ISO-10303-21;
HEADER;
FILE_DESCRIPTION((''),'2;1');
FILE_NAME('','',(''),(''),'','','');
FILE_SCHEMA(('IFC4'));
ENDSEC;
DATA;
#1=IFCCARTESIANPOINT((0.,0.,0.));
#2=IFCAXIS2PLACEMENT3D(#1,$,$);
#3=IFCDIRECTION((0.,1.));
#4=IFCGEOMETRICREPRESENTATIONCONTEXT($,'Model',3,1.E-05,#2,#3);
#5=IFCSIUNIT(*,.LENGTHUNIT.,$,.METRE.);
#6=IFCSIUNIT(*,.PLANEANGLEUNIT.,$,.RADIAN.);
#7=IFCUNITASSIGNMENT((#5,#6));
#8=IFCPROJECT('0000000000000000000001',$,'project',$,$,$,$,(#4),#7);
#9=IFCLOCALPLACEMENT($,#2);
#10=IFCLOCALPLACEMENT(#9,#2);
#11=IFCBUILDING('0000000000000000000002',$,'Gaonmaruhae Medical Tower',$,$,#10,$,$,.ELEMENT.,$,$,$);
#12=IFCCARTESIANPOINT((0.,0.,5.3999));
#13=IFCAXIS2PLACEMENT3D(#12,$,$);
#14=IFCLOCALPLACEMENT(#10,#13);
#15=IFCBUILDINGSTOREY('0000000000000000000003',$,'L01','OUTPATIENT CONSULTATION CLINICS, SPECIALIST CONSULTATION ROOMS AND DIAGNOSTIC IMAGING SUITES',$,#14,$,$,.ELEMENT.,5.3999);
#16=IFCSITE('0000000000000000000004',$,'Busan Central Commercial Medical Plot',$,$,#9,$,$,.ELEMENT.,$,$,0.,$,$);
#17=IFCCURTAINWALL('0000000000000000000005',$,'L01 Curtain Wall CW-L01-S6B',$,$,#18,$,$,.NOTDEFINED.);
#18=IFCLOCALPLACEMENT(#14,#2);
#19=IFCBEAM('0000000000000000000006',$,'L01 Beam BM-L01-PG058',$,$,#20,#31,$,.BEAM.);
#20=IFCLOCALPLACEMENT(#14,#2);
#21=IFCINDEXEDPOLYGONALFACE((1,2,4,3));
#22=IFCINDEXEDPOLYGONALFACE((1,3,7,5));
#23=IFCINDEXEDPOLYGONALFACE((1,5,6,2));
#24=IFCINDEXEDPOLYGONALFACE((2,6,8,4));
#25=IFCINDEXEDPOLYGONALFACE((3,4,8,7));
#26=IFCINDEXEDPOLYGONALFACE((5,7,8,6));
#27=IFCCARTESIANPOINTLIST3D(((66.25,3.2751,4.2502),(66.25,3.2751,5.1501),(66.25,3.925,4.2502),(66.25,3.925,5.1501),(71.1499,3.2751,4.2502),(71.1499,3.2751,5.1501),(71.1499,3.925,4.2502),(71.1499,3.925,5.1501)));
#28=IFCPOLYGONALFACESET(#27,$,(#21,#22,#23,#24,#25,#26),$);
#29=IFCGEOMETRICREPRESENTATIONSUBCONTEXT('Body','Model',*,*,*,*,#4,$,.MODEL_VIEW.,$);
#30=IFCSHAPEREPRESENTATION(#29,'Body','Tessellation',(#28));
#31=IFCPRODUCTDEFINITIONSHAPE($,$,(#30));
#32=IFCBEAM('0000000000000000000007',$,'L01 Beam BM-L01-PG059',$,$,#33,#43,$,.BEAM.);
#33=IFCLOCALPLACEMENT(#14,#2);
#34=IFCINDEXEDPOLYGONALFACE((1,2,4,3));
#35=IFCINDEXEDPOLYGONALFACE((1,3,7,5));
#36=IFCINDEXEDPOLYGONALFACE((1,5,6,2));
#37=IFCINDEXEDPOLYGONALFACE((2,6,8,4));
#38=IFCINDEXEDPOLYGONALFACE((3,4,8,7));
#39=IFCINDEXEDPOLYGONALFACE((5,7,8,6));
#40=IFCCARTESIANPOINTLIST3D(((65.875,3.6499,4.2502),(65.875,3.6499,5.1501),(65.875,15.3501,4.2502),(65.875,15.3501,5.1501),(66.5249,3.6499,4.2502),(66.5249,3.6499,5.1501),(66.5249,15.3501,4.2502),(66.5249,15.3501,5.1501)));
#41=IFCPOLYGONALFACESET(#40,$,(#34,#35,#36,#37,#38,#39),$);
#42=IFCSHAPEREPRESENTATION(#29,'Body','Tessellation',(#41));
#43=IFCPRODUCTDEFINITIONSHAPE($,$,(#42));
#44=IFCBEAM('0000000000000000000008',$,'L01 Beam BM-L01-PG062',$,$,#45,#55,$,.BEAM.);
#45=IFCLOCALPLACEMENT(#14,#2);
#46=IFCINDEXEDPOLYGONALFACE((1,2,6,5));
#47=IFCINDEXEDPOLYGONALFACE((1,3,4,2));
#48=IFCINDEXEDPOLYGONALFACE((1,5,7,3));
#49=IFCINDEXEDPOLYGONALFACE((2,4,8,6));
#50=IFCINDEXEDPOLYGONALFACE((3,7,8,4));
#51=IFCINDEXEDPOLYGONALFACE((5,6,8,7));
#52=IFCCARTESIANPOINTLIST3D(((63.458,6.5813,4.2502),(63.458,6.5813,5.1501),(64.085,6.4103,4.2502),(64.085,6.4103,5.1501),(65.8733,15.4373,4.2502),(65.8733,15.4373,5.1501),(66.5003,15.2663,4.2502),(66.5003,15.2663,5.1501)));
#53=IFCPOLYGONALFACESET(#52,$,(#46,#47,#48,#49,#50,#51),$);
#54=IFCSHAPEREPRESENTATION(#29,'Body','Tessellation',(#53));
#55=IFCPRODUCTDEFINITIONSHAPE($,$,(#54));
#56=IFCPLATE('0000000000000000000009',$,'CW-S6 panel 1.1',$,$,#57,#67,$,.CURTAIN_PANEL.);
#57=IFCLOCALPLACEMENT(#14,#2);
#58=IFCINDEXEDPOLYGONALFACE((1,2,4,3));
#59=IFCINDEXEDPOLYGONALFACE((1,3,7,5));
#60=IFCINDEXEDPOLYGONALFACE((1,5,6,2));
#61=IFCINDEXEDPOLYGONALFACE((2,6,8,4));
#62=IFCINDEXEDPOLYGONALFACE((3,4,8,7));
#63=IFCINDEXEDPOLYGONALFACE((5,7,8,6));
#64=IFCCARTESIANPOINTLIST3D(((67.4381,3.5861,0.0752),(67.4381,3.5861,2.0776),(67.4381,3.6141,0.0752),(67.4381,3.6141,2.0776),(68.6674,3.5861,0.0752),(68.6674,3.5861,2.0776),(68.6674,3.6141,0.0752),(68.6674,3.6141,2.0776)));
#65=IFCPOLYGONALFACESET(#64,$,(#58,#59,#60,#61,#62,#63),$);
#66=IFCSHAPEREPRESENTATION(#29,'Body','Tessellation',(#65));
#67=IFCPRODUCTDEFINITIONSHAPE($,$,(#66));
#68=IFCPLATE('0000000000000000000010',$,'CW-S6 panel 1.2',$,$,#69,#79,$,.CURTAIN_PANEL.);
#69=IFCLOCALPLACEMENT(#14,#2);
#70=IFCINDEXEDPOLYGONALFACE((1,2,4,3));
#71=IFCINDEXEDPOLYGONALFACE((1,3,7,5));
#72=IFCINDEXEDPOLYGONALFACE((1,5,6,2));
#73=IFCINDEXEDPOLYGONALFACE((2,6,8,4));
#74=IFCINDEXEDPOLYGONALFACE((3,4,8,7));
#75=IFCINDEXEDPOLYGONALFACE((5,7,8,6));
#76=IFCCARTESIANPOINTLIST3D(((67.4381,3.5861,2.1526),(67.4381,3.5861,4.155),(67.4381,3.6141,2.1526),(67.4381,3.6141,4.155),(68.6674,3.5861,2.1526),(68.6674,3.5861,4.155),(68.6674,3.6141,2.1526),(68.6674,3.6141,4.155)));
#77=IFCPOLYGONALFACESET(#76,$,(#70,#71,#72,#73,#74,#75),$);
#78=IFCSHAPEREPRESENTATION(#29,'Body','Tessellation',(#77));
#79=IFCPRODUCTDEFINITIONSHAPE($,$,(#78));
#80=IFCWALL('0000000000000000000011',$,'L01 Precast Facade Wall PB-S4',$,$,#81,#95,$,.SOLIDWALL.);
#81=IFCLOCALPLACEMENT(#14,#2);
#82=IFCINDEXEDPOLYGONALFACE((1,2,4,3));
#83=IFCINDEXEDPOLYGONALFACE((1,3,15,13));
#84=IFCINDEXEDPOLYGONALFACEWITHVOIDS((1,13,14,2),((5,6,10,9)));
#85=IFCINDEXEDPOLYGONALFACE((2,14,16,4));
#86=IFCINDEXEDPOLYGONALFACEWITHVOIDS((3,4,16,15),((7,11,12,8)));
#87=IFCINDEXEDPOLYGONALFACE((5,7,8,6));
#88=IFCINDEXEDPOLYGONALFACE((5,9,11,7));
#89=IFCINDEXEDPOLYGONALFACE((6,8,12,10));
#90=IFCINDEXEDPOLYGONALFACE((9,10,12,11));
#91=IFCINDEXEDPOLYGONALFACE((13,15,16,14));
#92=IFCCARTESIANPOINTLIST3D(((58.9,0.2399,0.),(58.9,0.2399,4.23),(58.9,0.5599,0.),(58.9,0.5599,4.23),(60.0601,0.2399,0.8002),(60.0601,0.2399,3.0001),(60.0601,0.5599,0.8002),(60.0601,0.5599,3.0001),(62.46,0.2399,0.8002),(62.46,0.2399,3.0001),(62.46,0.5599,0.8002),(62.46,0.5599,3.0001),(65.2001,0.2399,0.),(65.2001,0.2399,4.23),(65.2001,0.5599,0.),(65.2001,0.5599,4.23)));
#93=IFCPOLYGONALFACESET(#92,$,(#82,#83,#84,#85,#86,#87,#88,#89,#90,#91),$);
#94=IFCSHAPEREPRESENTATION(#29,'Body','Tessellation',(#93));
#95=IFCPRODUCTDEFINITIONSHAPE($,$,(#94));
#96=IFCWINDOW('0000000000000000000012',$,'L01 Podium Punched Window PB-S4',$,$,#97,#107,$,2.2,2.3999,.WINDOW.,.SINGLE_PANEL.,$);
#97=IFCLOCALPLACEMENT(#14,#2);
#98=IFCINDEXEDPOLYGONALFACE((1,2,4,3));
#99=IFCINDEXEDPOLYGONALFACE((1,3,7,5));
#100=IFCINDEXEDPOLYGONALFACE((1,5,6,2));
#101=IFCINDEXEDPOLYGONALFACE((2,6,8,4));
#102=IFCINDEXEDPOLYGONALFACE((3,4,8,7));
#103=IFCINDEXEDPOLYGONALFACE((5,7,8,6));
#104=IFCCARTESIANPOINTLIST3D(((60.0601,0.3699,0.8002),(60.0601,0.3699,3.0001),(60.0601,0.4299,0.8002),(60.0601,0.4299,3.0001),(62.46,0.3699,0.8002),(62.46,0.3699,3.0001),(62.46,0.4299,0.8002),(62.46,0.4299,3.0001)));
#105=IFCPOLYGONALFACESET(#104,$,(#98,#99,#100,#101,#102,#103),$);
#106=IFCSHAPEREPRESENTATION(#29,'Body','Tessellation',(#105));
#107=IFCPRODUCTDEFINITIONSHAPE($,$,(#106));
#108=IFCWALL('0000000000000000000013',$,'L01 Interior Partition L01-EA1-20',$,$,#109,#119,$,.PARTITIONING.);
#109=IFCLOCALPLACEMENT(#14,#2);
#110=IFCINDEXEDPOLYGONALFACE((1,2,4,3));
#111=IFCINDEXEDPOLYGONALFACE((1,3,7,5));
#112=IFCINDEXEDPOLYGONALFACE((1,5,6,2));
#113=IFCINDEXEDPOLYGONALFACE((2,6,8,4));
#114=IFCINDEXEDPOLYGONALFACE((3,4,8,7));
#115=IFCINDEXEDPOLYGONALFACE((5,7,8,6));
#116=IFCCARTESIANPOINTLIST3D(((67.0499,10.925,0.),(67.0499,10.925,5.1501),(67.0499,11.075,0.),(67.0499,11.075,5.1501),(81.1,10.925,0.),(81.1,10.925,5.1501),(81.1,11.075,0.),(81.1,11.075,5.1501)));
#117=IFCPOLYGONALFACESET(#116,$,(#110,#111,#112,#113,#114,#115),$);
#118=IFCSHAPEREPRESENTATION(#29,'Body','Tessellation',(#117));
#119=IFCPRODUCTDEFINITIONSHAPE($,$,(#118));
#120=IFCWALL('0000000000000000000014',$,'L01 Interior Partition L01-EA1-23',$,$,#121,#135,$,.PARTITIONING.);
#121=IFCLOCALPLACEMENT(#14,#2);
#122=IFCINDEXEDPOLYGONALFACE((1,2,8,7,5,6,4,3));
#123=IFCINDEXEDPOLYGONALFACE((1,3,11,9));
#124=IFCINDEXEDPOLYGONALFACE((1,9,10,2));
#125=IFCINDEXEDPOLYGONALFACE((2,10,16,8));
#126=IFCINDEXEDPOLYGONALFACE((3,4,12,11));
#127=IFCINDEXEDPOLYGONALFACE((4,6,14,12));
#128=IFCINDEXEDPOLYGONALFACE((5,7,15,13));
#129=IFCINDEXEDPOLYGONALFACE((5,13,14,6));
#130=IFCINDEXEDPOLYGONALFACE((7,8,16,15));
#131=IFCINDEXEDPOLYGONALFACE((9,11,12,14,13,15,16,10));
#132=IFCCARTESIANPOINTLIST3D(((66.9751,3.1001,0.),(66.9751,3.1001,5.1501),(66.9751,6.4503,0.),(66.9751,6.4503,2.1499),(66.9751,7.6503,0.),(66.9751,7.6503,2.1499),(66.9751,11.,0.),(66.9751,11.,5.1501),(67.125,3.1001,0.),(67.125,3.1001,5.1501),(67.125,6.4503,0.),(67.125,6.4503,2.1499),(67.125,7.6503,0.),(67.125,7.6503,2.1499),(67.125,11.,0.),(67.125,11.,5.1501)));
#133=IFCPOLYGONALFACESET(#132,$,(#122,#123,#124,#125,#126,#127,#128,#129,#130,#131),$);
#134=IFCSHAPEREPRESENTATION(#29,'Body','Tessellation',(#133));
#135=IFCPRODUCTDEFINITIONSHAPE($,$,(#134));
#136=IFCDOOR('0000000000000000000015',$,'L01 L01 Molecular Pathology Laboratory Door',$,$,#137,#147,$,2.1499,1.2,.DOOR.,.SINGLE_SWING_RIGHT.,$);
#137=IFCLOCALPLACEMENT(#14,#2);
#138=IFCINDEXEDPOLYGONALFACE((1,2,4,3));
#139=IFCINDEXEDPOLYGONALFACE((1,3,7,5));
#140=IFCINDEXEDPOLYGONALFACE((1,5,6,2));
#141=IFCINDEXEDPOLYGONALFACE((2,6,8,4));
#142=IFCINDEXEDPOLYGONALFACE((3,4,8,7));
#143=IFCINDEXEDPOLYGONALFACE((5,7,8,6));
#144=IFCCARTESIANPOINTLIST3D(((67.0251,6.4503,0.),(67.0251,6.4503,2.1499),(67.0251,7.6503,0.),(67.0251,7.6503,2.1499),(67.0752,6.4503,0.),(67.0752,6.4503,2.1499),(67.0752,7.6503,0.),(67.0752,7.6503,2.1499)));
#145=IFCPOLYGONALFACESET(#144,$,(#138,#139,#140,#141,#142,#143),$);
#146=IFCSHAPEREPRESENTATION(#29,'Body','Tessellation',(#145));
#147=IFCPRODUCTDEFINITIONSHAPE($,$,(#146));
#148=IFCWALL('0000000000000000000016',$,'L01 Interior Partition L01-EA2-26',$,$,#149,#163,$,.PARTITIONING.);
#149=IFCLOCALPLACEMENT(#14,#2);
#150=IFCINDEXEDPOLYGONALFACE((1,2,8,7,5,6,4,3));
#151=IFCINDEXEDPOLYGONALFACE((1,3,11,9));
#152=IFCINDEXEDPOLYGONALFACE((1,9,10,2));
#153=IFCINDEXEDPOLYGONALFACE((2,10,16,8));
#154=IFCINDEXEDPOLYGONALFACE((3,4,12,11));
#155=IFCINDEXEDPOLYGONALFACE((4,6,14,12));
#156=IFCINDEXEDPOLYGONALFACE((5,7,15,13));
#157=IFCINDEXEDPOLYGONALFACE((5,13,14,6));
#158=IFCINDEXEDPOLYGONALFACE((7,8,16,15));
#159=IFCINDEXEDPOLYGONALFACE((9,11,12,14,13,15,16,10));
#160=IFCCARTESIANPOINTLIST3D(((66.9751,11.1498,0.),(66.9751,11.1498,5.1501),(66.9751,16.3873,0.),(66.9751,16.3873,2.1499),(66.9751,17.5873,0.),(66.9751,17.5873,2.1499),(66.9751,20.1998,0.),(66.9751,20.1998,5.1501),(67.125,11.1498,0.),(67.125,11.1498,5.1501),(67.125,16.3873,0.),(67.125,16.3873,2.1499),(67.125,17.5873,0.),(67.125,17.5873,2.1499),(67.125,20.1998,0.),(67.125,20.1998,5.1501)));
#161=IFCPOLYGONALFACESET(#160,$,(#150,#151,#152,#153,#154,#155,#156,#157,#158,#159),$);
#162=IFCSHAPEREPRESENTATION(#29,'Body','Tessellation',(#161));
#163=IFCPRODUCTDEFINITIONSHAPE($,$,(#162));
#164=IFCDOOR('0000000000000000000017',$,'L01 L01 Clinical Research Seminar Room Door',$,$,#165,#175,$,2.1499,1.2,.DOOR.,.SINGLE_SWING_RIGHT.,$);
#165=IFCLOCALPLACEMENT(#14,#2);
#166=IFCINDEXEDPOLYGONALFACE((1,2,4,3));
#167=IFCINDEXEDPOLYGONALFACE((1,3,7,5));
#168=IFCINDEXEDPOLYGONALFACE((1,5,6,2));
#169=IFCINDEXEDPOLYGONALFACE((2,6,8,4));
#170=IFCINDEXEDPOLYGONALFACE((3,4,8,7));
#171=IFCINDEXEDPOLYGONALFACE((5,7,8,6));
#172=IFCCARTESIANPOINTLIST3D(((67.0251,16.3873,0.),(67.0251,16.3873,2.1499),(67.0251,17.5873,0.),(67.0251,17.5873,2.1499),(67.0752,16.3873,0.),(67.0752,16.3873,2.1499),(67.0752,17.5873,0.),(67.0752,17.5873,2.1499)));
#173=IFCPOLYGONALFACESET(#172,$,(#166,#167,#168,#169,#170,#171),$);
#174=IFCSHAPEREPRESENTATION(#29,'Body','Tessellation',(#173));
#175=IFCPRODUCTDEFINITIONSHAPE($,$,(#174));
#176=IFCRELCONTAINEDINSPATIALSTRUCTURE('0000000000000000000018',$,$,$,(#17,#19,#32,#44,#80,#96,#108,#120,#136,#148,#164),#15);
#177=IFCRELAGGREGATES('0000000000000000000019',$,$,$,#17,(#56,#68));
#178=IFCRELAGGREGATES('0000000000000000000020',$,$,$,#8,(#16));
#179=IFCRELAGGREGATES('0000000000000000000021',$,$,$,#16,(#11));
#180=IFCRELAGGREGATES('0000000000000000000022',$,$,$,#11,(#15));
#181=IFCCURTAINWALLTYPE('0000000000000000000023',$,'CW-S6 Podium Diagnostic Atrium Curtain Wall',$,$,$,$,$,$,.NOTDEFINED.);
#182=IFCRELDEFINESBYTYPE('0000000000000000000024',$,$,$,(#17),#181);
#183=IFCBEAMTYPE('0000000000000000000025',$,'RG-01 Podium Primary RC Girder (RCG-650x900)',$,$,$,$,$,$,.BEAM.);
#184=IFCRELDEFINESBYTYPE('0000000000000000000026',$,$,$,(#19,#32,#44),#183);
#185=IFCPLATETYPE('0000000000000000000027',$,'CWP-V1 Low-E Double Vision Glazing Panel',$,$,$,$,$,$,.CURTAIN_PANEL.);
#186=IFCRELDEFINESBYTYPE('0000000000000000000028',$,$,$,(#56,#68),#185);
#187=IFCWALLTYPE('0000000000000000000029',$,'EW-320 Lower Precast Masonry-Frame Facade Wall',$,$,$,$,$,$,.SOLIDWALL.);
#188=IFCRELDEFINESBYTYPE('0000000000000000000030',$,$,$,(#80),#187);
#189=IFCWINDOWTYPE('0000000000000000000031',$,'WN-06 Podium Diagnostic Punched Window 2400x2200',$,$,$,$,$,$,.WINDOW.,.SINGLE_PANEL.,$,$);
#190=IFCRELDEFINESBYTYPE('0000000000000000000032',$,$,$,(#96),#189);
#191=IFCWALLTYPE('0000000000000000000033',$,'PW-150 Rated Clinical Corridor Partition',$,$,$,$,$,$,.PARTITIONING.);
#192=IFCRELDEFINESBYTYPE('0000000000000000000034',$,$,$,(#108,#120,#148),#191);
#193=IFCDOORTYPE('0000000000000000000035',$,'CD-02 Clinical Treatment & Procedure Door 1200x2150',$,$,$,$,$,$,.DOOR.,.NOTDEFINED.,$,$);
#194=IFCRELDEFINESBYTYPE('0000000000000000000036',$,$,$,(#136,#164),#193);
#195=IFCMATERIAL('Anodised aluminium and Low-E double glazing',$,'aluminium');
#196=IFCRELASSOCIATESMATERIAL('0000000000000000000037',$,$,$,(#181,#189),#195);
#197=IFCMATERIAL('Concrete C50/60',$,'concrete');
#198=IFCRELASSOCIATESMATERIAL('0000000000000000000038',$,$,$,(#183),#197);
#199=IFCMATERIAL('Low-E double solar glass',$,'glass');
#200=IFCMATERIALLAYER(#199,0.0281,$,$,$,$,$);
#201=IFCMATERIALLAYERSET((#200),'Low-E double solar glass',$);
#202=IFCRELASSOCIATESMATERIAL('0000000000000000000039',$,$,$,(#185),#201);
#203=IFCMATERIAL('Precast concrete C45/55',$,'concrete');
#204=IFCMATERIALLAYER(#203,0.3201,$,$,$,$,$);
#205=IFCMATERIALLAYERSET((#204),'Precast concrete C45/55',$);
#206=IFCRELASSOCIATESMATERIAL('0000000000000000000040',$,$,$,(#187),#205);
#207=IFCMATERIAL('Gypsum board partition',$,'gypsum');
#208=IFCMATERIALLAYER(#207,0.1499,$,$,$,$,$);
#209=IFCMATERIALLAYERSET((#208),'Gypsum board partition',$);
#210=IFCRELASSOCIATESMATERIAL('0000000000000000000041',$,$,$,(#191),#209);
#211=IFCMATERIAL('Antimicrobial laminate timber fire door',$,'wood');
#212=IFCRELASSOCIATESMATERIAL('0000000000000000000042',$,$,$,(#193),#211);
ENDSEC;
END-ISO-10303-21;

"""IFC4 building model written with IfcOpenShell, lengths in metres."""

from ifc_helpers import new_model, si_unit, direction, frame, frame_2d, origin, origin_2d, place, context, subcontext, project, spatial, rectangle, extrude, material, layer, layer_set, material_profile, profile_set, type_object, element, fill, aggregate, save


model = new_model("IFC4")

# Units and contexts
model_context = context("Model", 3, precision=1e-05, world=origin(), true_north=direction((0.0, 1.0)))
body_context = subcontext(model_context, "Body", "Model", "MODEL_VIEW")
ifc_project = project(units=[si_unit("LENGTHUNIT", "METRE"), si_unit("PLANEANGLEUNIT", "RADIAN")], contexts=[model_context])

# Site, building, storey
site_placement = place(None, origin())
site = spatial("IfcSite", under=ifc_project, at=site_placement, Name="Busan Central Commercial Medical Plot", CompositionType="ELEMENT", RefElevation=0.0)
building_placement = place(site_placement, origin())
building = spatial("IfcBuilding", under=site, at=building_placement, Name="Gaonmaruhae Medical Tower", CompositionType="ELEMENT")
storey_placement = place(building_placement, frame((0.0, 0.0, 5.3999)))
storey = spatial("IfcBuildingStorey", under=building, at=storey_placement, Name="L01", Description="OUTPATIENT CONSULTATION CLINICS, SPECIALIST CONSULTATION ROOMS AND DIAGNOSTIC IMAGING SUITES", CompositionType="ELEMENT", Elevation=5.3999)

# Shared definitions
ifc_material_1 = material(Name="Concrete C50/60", Category="concrete")

# Curtain wall
ifc_material_2 = material(Name="Anodised aluminium and Low-E double glazing", Category="aluminium")
curtain_wall_type = type_object("IfcCurtainWallType", Name="CW-S6 Podium Diagnostic Atrium Curtain Wall", PredefinedType="NOTDEFINED", material=ifc_material_2)
curtain_wall_placement = place(storey_placement, origin())
curtain_wall = element("IfcCurtainWall", 1, at=curtain_wall_placement, inside=storey, type_object=curtain_wall_type, Name="L01 Curtain Wall CW-L01-S6B", PredefinedType="NOTDEFINED")

# Beams
ifc_material_profile_1 = material_profile(ifc_material_1, rectangle(XDim=0.6499, YDim=0.8999, at=origin_2d()), Name="RCG-650x900")
ifc_profile_set_1 = profile_set([ifc_material_profile_1], Name="Concrete C50/60")
beam_type = type_object("IfcBeamType", Name="RG-01 Podium Primary RC Girder (RCG-650x900)", PredefinedType="BEAM", material=ifc_profile_set_1)
beam_1_placement = place(storey_placement, frame((66.25, 3.6001, 4.7002), z_axis=(1.0, 0.0, 0.0), x_axis=(0.0, 1.0, 0.0)))
element("IfcBeam", 2, at=beam_1_placement, inside=storey, type_object=beam_type, Name="L01 Beam BM-L01-PG058", PredefinedType="BEAM", context=body_context, shape_type="SweptSolid", body=[
    extrude(rectangle(XDim=0.6499, YDim=0.8999, at=origin_2d()), origin(), (0.0, 0.0, 1.0), 4.8999),
])
beam_2_placement = place(storey_placement, frame((66.2, 3.6499, 4.7002), z_axis=(0.0, 1.0, 0.0), x_axis=(-1.0, 0.0, 0.0)))
element("IfcBeam", 3, at=beam_2_placement, inside=storey, type_object=beam_type, Name="L01 Beam BM-L01-PG059", PredefinedType="BEAM", context=body_context, shape_type="SweptSolid", body=[
    extrude(rectangle(XDim=0.6499, YDim=0.8999, at=origin_2d()), origin(), (0.0, 0.0, 1.0), 11.7002),
])
beam_3_placement = place(storey_placement, frame((66.1868, 15.3518, 4.7002), z_axis=(-0.26312, -0.964763, 0.0), x_axis=(0.964763, -0.26312, 0.0)))
element("IfcBeam", 4, at=beam_3_placement, inside=storey, type_object=beam_type, Name="L01 Beam BM-L01-PG062", PredefinedType="BEAM", context=body_context, shape_type="SweptSolid", body=[
    extrude(rectangle(XDim=0.6499, YDim=0.8999, at=origin_2d()), origin(), (0.0, 0.0, 1.0), 9.1794),
])

# Plates
ifc_material_3 = material(Name="Low-E double solar glass", Category="glass")
ifc_layer_1 = layer(ifc_material_3, 0.0281)
ifc_layer_set_1 = layer_set([ifc_layer_1], Name="Low-E double solar glass")
plate_type = type_object("IfcPlateType", Name="CWP-V1 Low-E Double Vision Glazing Panel", PredefinedType="CURTAIN_PANEL", material=ifc_layer_set_1)
plate_1_placement = place(storey_placement, frame((68.0527, 3.6001, 0.0752), z_axis=(0.0, 0.0, 1.0), x_axis=(1.0, 0.0, 0.0)))
plate_1 = element("IfcPlate", 5, at=plate_1_placement, type_object=plate_type, Name="CW-S6 panel 1.1", PredefinedType="CURTAIN_PANEL", context=body_context, shape_type="SweptSolid", body=[
    extrude(rectangle(XDim=1.2292, YDim=0.0281, at=origin_2d()), origin(), (0.0, 0.0, 1.0), 2.0024),
])
plate_2_placement = place(storey_placement, frame((68.0527, 3.6001, 2.1526), z_axis=(0.0, 0.0, 1.0), x_axis=(1.0, 0.0, 0.0)))
plate_2 = element("IfcPlate", 6, at=plate_2_placement, type_object=plate_type, Name="CW-S6 panel 1.2", PredefinedType="CURTAIN_PANEL", context=body_context, shape_type="SweptSolid", body=[
    extrude(rectangle(XDim=1.2292, YDim=0.0281, at=origin_2d()), origin(), (0.0, 0.0, 1.0), 2.0024),
])
aggregate(curtain_wall, [plate_1, plate_2])

# Wall, opening, window
ifc_material_4 = material(Name="Precast concrete C45/55", Category="concrete")
ifc_layer_2 = layer(ifc_material_4, 0.3201)
ifc_layer_set_2 = layer_set([ifc_layer_2], Name="Precast concrete C45/55")
wall_type_1 = type_object("IfcWallType", Name="EW-320 Lower Precast Masonry-Frame Facade Wall", PredefinedType="SOLIDWALL", material=ifc_layer_set_2)
wall_1_placement = place(storey_placement, frame((65.2, 0.3999, 0.0), z_axis=(0.0, 0.0, 1.0), x_axis=(-1.0, 0.0, 0.0)))
wall_1 = element("IfcWall", 7, at=wall_1_placement, inside=storey, type_object=wall_type_1, Name="L01 Precast Facade Wall PB-S4", PredefinedType="SOLIDWALL", context=body_context, shape_type="SweptSolid", body=[
    extrude(rectangle(XDim=6.3, YDim=0.3201, at=frame_2d((3.1499, 0.0))), origin(), (0.0, 0.0, 1.0), 4.23),
])
opening_1_placement = place(wall_1_placement, frame((2.74, 0.0, 0.8)))
opening_1 = element("IfcOpeningElement", 8, at=opening_1_placement, cuts=wall_1, PredefinedType="OPENING", context=body_context, shape_type="SweptSolid", body=[
    extrude(rectangle(XDim=2.3999, YDim=2.2, at=frame_2d((1.2, 1.1001))), frame((0.0, 0.1699, 0.0), z_axis=(0.0, -1.0, 0.0), x_axis=(1.0, 0.0, 0.0)), (0.0, 0.0, 1.0), 0.3401),
])
window_type = type_object("IfcWindowType", Name="WN-06 Podium Diagnostic Punched Window 2400x2200", PartitioningType="SINGLE_PANEL", PredefinedType="WINDOW", material=ifc_material_2)
window_placement = place(opening_1_placement, origin())
window = element("IfcWindow", 9, at=window_placement, inside=storey, type_object=window_type, Name="L01 Podium Punched Window PB-S4", OverallHeight=2.2, OverallWidth=2.3999, PartitioningType="SINGLE_PANEL", PredefinedType="WINDOW", context=body_context, shape_type="SweptSolid", body=[
    extrude(rectangle(XDim=2.3999, YDim=2.2, at=frame_2d((1.2, 1.1001))), frame((0.0, 0.03, 0.0), z_axis=(0.0, -1.0, 0.0), x_axis=(1.0, 0.0, 0.0)), (0.0, 0.0, 1.0), 0.0601),
])
fill(opening_1, window)

# Wall
ifc_material_5 = material(Name="Gypsum board partition", Category="gypsum")
ifc_layer_3 = layer(ifc_material_5, 0.1499)
ifc_layer_set_3 = layer_set([ifc_layer_3], Name="Gypsum board partition")
wall_type_2 = type_object("IfcWallType", Name="PW-150 Rated Clinical Corridor Partition", PredefinedType="PARTITIONING", material=ifc_layer_set_3)
wall_2_placement = place(storey_placement, frame((67.05, 11.0, 0.0), z_axis=(0.0, 0.0, 1.0), x_axis=(1.0, 0.0, 0.0)))
element("IfcWall", 10, at=wall_2_placement, inside=storey, type_object=wall_type_2, Name="L01 Interior Partition L01-EA1-20", PredefinedType="PARTITIONING", context=body_context, shape_type="SweptSolid", body=[
    extrude(rectangle(XDim=14.05, YDim=0.1499, at=frame_2d((7.0249, 0.0))), origin(), (0.0, 0.0, 1.0), 5.1501),
])

# Walls, openings, doors
wall_3_placement = place(storey_placement, frame((67.05, 3.1001, 0.0), z_axis=(0.0, 0.0, 1.0), x_axis=(0.0, 1.0, 0.0)))
wall_3 = element("IfcWall", 11, at=wall_3_placement, inside=storey, type_object=wall_type_2, Name="L01 Interior Partition L01-EA1-23", PredefinedType="PARTITIONING", context=body_context, shape_type="SweptSolid", body=[
    extrude(rectangle(XDim=7.8999, YDim=0.1499, at=frame_2d((3.95, 0.0))), origin(), (0.0, 0.0, 1.0), 5.1501),
])
opening_2_placement = place(wall_3_placement, frame((3.3501, 0.0, 0.0)))
opening_2 = element("IfcOpeningElement", 12, at=opening_2_placement, cuts=wall_3, PredefinedType="OPENING", context=body_context, shape_type="SweptSolid", body=[
    extrude(rectangle(XDim=1.2, YDim=2.1499, at=frame_2d((0.6001, 1.075))), frame((0.0, 0.085, 0.0), z_axis=(0.0, -1.0, 0.0), x_axis=(1.0, 0.0, 0.0)), (0.0, 0.0, 1.0), 0.1699),
])
ifc_material_6 = material(Name="Antimicrobial laminate timber fire door", Category="wood")
door_type = type_object("IfcDoorType", Name="CD-02 Clinical Treatment & Procedure Door 1200x2150", OperationType="NOTDEFINED", PredefinedType="DOOR", material=ifc_material_6)
door_1_placement = place(opening_2_placement, origin())
door_1 = element("IfcDoor", 13, at=door_1_placement, inside=storey, type_object=door_type, Name="L01 L01 Molecular Pathology Laboratory Door", OperationType="SINGLE_SWING_RIGHT", OverallHeight=2.1499, OverallWidth=1.2, PredefinedType="DOOR", context=body_context, shape_type="SweptSolid", body=[
    extrude(rectangle(XDim=1.2, YDim=2.1499, at=frame_2d((0.6001, 1.075))), frame((0.0, 0.0249, 0.0), z_axis=(0.0, -1.0, 0.0), x_axis=(1.0, 0.0, 0.0)), (0.0, 0.0, 1.0), 0.05),
])
fill(opening_2, door_1)
wall_4_placement = place(storey_placement, frame((67.05, 11.1499, 0.0), z_axis=(0.0, 0.0, 1.0), x_axis=(0.0, 1.0, 0.0)))
wall_4 = element("IfcWall", 14, at=wall_4_placement, inside=storey, type_object=wall_type_2, Name="L01 Interior Partition L01-EA2-26", PredefinedType="PARTITIONING", context=body_context, shape_type="SweptSolid", body=[
    extrude(rectangle(XDim=9.05, YDim=0.1499, at=frame_2d((4.5249, 0.0))), origin(), (0.0, 0.0, 1.0), 5.1501),
])
opening_3_placement = place(wall_4_placement, frame((5.2373, 0.0, 0.0)))
opening_3 = element("IfcOpeningElement", 15, at=opening_3_placement, cuts=wall_4, PredefinedType="OPENING", context=body_context, shape_type="SweptSolid", body=[
    extrude(rectangle(XDim=1.2, YDim=2.1499, at=frame_2d((0.6001, 1.075))), frame((0.0, 0.085, 0.0), z_axis=(0.0, -1.0, 0.0), x_axis=(1.0, 0.0, 0.0)), (0.0, 0.0, 1.0), 0.1699),
])
door_2_placement = place(opening_3_placement, origin())
door_2 = element("IfcDoor", 16, at=door_2_placement, inside=storey, type_object=door_type, Name="L01 L01 Clinical Research Seminar Room Door", OperationType="SINGLE_SWING_RIGHT", OverallHeight=2.1499, OverallWidth=1.2, PredefinedType="DOOR", context=body_context, shape_type="SweptSolid", body=[
    extrude(rectangle(XDim=1.2, YDim=2.1499, at=frame_2d((0.6001, 1.075))), frame((0.0, 0.0249, 0.0), z_axis=(0.0, -1.0, 0.0), x_axis=(1.0, 0.0, 0.0)), (0.0, 0.0, 1.0), 0.05),
])
fill(opening_3, door_2)

save(model, "model.ifc")
